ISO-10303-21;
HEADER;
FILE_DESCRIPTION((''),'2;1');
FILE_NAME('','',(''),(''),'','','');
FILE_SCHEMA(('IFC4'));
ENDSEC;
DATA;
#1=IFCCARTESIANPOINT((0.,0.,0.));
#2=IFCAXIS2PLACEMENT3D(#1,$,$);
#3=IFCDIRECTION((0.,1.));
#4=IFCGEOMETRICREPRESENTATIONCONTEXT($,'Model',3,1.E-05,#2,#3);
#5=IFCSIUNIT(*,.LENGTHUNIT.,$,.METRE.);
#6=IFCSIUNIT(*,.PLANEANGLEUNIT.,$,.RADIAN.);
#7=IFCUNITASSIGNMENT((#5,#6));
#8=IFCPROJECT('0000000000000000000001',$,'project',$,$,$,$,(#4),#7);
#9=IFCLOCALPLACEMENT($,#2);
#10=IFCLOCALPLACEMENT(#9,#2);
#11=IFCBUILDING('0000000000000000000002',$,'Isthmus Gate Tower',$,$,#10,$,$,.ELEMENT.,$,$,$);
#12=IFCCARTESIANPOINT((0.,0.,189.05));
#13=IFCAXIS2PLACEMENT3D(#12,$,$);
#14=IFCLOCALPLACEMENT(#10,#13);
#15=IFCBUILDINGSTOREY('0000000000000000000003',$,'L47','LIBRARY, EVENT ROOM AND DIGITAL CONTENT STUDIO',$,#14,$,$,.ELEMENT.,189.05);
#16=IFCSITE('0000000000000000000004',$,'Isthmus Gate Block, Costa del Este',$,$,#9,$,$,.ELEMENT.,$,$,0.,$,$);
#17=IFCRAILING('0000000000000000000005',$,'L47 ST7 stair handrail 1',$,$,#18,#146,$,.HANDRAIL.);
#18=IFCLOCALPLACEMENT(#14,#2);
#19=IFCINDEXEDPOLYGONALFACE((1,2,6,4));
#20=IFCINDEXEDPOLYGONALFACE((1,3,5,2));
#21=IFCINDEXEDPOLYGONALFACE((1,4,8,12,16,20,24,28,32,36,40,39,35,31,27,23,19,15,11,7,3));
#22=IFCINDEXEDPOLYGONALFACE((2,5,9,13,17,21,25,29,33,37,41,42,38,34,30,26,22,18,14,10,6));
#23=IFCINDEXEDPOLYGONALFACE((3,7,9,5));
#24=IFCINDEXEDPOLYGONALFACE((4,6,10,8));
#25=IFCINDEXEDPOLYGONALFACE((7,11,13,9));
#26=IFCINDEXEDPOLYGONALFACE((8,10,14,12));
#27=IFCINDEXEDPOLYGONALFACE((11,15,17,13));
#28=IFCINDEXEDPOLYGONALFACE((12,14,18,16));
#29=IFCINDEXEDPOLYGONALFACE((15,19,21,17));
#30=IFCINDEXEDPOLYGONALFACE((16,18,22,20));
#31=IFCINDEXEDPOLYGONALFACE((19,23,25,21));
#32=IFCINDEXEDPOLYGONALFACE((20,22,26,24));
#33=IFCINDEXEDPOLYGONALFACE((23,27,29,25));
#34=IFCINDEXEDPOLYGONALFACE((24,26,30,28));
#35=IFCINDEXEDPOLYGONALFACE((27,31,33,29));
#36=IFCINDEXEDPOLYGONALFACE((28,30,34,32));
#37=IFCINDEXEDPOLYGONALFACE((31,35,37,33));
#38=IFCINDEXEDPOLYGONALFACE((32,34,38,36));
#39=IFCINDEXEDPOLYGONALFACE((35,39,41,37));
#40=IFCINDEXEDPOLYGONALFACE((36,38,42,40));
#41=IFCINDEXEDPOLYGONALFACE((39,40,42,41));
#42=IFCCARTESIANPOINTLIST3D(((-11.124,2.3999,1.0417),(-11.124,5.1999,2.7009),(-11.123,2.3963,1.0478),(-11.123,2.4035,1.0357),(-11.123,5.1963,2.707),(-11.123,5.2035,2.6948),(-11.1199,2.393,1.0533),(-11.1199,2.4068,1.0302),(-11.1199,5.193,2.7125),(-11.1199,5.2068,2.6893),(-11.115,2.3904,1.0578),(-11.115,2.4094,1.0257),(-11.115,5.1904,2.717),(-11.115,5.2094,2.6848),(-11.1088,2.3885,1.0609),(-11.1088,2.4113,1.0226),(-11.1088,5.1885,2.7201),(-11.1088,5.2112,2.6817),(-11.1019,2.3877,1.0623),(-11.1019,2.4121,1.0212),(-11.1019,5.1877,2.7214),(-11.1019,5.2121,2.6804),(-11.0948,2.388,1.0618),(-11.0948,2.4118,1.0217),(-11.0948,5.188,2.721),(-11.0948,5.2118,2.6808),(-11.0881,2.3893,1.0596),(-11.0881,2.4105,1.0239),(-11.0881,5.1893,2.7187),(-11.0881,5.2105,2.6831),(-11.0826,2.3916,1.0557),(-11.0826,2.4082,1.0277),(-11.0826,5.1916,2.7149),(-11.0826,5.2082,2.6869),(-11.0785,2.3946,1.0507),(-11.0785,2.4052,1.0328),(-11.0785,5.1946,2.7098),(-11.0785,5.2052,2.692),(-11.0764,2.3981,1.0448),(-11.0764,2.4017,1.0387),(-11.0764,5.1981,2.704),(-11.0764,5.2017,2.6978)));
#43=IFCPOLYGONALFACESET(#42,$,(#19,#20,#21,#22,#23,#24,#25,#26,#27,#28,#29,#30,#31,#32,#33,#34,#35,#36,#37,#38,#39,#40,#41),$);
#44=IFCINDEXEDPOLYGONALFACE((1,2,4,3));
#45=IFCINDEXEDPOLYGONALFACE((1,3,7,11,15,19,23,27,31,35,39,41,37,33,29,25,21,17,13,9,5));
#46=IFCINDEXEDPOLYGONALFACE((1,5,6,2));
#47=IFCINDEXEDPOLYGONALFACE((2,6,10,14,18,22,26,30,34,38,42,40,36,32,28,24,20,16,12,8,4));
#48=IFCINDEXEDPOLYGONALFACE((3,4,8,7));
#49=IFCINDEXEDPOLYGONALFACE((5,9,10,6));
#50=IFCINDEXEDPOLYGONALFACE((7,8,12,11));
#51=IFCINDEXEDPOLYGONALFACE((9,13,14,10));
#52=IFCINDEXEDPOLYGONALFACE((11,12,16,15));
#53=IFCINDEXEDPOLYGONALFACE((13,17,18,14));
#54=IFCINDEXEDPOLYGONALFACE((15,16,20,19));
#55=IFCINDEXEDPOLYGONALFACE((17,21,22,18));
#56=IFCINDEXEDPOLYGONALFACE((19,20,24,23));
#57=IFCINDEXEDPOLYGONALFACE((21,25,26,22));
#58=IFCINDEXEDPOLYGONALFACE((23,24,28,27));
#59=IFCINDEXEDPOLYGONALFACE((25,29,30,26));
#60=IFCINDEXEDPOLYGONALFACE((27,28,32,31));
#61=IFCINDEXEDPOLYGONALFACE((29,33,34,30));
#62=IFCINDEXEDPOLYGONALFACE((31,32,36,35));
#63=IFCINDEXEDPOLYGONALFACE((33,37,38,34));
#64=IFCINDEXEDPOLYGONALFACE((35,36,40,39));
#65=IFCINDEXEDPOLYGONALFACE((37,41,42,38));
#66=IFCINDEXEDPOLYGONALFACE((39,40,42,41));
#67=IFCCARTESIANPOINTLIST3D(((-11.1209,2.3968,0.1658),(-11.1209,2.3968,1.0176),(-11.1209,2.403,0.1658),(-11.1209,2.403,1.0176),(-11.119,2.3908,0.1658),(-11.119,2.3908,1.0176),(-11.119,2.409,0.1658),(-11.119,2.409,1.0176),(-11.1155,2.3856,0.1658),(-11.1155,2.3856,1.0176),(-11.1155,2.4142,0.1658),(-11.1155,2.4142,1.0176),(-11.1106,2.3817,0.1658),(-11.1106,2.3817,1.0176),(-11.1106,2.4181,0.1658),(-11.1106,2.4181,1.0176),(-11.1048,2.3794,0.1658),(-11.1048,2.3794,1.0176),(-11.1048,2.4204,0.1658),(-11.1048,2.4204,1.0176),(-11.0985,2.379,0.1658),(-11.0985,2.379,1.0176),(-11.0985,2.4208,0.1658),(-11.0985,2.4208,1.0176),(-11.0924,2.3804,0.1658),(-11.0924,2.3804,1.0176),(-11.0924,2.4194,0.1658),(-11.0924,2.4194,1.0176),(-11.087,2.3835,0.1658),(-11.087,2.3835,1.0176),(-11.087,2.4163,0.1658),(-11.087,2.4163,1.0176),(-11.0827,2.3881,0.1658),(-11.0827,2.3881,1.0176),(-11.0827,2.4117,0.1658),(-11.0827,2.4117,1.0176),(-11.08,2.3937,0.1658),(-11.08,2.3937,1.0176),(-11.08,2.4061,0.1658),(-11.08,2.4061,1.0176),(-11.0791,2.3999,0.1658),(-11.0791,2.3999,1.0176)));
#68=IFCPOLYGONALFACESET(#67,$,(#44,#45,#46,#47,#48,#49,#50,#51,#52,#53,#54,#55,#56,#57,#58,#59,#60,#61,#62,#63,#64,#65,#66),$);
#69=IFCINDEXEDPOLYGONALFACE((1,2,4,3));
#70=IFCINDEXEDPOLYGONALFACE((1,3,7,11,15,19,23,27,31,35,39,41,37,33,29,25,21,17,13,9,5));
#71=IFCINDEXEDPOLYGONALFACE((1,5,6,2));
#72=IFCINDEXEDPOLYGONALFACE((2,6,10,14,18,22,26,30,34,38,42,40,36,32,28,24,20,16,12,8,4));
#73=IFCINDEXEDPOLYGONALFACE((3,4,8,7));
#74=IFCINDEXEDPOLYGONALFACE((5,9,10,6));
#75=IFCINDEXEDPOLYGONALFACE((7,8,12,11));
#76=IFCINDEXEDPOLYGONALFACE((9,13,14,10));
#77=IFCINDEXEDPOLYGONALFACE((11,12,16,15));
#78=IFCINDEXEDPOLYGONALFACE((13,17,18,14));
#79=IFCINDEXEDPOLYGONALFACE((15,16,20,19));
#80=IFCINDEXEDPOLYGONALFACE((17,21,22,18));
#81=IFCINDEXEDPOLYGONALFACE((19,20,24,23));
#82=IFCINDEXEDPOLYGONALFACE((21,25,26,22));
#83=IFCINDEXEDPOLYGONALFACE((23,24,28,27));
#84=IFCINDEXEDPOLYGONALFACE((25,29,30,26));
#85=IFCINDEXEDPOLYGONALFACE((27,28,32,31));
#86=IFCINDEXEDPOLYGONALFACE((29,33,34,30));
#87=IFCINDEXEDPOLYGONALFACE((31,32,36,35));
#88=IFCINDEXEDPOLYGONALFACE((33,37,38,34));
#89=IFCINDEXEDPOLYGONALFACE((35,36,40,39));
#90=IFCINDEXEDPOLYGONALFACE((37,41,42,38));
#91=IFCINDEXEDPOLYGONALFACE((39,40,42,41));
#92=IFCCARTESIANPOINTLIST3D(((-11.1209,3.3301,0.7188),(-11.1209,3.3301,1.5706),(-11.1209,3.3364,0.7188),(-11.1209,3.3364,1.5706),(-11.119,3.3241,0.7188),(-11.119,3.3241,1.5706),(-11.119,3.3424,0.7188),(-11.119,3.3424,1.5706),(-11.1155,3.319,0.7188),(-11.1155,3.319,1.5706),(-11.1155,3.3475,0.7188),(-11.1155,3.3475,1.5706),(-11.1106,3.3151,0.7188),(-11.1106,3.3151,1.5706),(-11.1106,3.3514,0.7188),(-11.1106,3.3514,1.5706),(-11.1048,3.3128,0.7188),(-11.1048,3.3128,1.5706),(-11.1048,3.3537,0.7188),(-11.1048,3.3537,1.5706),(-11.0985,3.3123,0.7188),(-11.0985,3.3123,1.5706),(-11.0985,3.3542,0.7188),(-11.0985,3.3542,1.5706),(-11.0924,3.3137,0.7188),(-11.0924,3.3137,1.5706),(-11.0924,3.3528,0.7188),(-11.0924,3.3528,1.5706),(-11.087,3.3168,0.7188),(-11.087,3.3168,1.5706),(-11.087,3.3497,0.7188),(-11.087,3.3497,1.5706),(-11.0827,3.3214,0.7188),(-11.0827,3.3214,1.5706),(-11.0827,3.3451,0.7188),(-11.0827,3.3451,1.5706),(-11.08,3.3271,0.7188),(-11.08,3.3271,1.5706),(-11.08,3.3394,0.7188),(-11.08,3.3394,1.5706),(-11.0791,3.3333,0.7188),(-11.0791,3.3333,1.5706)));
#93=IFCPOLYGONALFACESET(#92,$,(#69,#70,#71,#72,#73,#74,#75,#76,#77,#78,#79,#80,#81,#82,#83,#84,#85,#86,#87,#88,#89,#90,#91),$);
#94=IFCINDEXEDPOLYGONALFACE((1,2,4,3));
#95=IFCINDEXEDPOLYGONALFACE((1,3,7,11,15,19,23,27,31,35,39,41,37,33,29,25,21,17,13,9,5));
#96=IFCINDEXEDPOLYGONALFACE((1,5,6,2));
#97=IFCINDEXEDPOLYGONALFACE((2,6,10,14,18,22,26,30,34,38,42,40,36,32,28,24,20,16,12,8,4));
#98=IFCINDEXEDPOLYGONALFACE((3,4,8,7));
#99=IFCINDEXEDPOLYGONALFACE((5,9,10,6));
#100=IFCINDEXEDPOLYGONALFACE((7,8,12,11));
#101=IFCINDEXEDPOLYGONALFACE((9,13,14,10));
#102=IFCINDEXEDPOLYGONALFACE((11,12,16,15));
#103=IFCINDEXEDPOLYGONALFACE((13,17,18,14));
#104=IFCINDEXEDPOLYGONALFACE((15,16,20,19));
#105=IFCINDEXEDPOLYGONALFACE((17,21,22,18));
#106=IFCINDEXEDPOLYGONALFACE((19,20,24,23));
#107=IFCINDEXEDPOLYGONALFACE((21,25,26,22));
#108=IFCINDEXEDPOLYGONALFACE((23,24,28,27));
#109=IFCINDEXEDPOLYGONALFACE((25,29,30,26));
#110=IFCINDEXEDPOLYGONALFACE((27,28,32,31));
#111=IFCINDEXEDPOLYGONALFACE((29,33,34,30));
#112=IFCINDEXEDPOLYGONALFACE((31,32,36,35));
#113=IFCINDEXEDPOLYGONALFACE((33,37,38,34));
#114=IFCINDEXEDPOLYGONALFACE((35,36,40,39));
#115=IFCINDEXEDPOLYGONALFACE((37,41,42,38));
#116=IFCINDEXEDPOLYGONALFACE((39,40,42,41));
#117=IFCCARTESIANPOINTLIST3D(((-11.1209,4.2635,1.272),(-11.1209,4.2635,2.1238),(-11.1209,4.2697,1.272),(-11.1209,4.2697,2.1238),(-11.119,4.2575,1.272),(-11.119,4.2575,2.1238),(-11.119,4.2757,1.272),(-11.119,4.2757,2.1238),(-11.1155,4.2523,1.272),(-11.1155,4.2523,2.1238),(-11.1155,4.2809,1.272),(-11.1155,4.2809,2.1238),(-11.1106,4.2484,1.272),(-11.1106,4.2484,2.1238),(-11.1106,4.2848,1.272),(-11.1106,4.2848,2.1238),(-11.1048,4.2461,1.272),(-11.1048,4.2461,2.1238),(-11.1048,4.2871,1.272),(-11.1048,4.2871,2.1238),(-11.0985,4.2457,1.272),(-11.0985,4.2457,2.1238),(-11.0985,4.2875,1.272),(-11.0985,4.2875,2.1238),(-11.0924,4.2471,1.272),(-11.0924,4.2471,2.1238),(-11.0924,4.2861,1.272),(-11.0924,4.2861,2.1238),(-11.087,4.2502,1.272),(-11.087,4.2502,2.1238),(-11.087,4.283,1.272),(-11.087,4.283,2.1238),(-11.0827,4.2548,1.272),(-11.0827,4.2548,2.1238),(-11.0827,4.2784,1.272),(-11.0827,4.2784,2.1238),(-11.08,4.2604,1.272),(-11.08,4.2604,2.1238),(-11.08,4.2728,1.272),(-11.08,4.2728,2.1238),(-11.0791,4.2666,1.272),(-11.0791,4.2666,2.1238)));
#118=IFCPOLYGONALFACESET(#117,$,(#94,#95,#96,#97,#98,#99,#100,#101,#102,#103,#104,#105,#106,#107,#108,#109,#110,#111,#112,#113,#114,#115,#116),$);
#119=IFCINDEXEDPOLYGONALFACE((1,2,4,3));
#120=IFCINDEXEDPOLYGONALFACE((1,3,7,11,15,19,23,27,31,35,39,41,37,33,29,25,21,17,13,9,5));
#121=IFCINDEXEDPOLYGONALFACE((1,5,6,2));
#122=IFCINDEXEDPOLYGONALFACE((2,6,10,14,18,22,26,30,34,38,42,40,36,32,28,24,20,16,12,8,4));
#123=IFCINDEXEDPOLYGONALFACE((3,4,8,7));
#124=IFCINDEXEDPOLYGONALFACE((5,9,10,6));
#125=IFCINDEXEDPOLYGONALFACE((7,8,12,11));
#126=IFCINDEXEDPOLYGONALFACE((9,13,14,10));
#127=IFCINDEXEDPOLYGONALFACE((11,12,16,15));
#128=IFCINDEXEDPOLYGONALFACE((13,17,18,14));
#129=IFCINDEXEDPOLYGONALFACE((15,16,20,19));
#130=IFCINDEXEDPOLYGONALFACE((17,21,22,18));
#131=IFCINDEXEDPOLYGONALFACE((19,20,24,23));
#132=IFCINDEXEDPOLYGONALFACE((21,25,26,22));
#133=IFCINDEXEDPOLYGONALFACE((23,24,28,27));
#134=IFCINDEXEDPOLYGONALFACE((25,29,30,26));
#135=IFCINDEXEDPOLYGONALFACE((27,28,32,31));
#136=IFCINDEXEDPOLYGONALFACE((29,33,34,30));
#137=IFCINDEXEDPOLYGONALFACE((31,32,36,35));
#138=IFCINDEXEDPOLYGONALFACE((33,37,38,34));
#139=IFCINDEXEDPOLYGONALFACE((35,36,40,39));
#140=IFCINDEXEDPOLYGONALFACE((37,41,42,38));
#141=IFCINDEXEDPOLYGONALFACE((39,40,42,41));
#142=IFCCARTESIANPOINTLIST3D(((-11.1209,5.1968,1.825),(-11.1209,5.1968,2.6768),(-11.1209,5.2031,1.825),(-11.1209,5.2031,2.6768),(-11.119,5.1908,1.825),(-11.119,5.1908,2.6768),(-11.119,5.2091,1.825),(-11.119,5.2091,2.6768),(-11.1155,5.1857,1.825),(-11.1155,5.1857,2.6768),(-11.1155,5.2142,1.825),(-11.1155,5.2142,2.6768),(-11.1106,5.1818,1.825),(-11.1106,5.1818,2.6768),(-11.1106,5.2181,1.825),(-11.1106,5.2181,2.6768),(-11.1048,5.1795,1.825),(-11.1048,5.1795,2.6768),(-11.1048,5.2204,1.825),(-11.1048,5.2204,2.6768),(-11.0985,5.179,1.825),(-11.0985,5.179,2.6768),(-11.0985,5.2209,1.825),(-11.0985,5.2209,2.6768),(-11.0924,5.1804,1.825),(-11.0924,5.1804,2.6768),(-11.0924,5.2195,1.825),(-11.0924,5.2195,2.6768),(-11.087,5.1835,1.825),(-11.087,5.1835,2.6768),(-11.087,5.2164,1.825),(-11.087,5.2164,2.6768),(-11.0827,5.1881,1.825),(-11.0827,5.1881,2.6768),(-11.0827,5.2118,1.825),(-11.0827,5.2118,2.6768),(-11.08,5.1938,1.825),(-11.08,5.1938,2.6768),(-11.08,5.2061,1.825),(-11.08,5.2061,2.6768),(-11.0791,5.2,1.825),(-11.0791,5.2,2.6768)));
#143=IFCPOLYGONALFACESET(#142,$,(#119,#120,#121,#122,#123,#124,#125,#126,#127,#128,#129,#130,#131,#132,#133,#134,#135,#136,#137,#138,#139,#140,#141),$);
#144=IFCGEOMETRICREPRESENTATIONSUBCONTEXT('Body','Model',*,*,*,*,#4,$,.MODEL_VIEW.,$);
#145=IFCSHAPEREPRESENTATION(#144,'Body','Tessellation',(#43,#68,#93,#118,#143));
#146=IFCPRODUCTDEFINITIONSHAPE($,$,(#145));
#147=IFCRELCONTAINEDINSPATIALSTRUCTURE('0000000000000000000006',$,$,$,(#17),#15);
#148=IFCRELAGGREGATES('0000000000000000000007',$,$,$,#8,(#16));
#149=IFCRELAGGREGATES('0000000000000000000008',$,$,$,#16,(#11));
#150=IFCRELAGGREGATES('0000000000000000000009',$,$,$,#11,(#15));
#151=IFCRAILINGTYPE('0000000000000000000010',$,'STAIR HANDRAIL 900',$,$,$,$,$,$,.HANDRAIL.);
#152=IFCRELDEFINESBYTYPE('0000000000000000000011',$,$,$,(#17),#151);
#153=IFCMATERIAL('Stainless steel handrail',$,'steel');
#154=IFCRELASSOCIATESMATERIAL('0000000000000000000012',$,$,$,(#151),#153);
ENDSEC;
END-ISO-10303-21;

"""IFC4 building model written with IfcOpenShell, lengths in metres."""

from ifc_helpers import new_model, si_unit, direction, frame, origin, origin_2d, place, context, subcontext, project, spatial, circle, extrude, material, type_object, element, save


model = new_model("IFC4")

# Units and contexts
model_context = context("Model", 3, precision=1e-05, world=origin(), true_north=direction((0.0, 1.0)))
body_context = subcontext(model_context, "Body", "Model", "MODEL_VIEW")
ifc_project = project(units=[si_unit("LENGTHUNIT", "METRE"), si_unit("PLANEANGLEUNIT", "RADIAN")], contexts=[model_context])

# Site, building, storey
site_placement = place(None, origin())
site = spatial("IfcSite", under=ifc_project, at=site_placement, Name="Isthmus Gate Block, Costa del Este", CompositionType="ELEMENT", RefElevation=0.0)
building_placement = place(site_placement, origin())
building = spatial("IfcBuilding", under=site, at=building_placement, Name="Isthmus Gate Tower", CompositionType="ELEMENT")
storey_placement = place(building_placement, frame((0.0, 0.0, 189.05)))
storey = spatial("IfcBuildingStorey", under=building, at=storey_placement, Name="L47", Description="LIBRARY, EVENT ROOM AND DIGITAL CONTENT STUDIO", CompositionType="ELEMENT", Elevation=189.05)

# Railing
ifc_material_1 = material(Name="Stainless steel handrail", Category="steel")
railing_type_1 = type_object("IfcRailingType", Name="STAIR HANDRAIL 900", PredefinedType="HANDRAIL", material=ifc_material_1)
railing_1_placement = place(storey_placement, frame((-11.1001, 2.3999, 0.1658)))
element("IfcRailing", 1, at=railing_1_placement, inside=storey, type_object=railing_type_1, Name="L47 ST7 stair handrail 1", PredefinedType="HANDRAIL", context=body_context, shape_type="SweptSolid", body=[
    extrude(circle(Radius=0.0239, at=origin_2d()), frame((0.0, 0.0, 0.876), z_axis=(0.0, 0.860306, 0.509778), x_axis=(-1.0, 0.0, 0.0)), (0.0, 0.0, 1.0), 3.2546),
    extrude(circle(Radius=0.021, at=origin_2d()), origin(), (0.0, 0.0, 1.0), 0.8518),
    extrude(circle(Radius=0.021, at=origin_2d()), frame((0.0, 0.9333, 0.553)), (0.0, 0.0, 1.0), 0.8518),
    extrude(circle(Radius=0.021, at=origin_2d()), frame((0.0, 1.8667, 1.1062)), (0.0, 0.0, 1.0), 0.8518),
    extrude(circle(Radius=0.021, at=origin_2d()), frame((0.0, 2.8, 1.6592)), (0.0, 0.0, 1.0), 0.8518),
])

save(model, "model.ifc")
